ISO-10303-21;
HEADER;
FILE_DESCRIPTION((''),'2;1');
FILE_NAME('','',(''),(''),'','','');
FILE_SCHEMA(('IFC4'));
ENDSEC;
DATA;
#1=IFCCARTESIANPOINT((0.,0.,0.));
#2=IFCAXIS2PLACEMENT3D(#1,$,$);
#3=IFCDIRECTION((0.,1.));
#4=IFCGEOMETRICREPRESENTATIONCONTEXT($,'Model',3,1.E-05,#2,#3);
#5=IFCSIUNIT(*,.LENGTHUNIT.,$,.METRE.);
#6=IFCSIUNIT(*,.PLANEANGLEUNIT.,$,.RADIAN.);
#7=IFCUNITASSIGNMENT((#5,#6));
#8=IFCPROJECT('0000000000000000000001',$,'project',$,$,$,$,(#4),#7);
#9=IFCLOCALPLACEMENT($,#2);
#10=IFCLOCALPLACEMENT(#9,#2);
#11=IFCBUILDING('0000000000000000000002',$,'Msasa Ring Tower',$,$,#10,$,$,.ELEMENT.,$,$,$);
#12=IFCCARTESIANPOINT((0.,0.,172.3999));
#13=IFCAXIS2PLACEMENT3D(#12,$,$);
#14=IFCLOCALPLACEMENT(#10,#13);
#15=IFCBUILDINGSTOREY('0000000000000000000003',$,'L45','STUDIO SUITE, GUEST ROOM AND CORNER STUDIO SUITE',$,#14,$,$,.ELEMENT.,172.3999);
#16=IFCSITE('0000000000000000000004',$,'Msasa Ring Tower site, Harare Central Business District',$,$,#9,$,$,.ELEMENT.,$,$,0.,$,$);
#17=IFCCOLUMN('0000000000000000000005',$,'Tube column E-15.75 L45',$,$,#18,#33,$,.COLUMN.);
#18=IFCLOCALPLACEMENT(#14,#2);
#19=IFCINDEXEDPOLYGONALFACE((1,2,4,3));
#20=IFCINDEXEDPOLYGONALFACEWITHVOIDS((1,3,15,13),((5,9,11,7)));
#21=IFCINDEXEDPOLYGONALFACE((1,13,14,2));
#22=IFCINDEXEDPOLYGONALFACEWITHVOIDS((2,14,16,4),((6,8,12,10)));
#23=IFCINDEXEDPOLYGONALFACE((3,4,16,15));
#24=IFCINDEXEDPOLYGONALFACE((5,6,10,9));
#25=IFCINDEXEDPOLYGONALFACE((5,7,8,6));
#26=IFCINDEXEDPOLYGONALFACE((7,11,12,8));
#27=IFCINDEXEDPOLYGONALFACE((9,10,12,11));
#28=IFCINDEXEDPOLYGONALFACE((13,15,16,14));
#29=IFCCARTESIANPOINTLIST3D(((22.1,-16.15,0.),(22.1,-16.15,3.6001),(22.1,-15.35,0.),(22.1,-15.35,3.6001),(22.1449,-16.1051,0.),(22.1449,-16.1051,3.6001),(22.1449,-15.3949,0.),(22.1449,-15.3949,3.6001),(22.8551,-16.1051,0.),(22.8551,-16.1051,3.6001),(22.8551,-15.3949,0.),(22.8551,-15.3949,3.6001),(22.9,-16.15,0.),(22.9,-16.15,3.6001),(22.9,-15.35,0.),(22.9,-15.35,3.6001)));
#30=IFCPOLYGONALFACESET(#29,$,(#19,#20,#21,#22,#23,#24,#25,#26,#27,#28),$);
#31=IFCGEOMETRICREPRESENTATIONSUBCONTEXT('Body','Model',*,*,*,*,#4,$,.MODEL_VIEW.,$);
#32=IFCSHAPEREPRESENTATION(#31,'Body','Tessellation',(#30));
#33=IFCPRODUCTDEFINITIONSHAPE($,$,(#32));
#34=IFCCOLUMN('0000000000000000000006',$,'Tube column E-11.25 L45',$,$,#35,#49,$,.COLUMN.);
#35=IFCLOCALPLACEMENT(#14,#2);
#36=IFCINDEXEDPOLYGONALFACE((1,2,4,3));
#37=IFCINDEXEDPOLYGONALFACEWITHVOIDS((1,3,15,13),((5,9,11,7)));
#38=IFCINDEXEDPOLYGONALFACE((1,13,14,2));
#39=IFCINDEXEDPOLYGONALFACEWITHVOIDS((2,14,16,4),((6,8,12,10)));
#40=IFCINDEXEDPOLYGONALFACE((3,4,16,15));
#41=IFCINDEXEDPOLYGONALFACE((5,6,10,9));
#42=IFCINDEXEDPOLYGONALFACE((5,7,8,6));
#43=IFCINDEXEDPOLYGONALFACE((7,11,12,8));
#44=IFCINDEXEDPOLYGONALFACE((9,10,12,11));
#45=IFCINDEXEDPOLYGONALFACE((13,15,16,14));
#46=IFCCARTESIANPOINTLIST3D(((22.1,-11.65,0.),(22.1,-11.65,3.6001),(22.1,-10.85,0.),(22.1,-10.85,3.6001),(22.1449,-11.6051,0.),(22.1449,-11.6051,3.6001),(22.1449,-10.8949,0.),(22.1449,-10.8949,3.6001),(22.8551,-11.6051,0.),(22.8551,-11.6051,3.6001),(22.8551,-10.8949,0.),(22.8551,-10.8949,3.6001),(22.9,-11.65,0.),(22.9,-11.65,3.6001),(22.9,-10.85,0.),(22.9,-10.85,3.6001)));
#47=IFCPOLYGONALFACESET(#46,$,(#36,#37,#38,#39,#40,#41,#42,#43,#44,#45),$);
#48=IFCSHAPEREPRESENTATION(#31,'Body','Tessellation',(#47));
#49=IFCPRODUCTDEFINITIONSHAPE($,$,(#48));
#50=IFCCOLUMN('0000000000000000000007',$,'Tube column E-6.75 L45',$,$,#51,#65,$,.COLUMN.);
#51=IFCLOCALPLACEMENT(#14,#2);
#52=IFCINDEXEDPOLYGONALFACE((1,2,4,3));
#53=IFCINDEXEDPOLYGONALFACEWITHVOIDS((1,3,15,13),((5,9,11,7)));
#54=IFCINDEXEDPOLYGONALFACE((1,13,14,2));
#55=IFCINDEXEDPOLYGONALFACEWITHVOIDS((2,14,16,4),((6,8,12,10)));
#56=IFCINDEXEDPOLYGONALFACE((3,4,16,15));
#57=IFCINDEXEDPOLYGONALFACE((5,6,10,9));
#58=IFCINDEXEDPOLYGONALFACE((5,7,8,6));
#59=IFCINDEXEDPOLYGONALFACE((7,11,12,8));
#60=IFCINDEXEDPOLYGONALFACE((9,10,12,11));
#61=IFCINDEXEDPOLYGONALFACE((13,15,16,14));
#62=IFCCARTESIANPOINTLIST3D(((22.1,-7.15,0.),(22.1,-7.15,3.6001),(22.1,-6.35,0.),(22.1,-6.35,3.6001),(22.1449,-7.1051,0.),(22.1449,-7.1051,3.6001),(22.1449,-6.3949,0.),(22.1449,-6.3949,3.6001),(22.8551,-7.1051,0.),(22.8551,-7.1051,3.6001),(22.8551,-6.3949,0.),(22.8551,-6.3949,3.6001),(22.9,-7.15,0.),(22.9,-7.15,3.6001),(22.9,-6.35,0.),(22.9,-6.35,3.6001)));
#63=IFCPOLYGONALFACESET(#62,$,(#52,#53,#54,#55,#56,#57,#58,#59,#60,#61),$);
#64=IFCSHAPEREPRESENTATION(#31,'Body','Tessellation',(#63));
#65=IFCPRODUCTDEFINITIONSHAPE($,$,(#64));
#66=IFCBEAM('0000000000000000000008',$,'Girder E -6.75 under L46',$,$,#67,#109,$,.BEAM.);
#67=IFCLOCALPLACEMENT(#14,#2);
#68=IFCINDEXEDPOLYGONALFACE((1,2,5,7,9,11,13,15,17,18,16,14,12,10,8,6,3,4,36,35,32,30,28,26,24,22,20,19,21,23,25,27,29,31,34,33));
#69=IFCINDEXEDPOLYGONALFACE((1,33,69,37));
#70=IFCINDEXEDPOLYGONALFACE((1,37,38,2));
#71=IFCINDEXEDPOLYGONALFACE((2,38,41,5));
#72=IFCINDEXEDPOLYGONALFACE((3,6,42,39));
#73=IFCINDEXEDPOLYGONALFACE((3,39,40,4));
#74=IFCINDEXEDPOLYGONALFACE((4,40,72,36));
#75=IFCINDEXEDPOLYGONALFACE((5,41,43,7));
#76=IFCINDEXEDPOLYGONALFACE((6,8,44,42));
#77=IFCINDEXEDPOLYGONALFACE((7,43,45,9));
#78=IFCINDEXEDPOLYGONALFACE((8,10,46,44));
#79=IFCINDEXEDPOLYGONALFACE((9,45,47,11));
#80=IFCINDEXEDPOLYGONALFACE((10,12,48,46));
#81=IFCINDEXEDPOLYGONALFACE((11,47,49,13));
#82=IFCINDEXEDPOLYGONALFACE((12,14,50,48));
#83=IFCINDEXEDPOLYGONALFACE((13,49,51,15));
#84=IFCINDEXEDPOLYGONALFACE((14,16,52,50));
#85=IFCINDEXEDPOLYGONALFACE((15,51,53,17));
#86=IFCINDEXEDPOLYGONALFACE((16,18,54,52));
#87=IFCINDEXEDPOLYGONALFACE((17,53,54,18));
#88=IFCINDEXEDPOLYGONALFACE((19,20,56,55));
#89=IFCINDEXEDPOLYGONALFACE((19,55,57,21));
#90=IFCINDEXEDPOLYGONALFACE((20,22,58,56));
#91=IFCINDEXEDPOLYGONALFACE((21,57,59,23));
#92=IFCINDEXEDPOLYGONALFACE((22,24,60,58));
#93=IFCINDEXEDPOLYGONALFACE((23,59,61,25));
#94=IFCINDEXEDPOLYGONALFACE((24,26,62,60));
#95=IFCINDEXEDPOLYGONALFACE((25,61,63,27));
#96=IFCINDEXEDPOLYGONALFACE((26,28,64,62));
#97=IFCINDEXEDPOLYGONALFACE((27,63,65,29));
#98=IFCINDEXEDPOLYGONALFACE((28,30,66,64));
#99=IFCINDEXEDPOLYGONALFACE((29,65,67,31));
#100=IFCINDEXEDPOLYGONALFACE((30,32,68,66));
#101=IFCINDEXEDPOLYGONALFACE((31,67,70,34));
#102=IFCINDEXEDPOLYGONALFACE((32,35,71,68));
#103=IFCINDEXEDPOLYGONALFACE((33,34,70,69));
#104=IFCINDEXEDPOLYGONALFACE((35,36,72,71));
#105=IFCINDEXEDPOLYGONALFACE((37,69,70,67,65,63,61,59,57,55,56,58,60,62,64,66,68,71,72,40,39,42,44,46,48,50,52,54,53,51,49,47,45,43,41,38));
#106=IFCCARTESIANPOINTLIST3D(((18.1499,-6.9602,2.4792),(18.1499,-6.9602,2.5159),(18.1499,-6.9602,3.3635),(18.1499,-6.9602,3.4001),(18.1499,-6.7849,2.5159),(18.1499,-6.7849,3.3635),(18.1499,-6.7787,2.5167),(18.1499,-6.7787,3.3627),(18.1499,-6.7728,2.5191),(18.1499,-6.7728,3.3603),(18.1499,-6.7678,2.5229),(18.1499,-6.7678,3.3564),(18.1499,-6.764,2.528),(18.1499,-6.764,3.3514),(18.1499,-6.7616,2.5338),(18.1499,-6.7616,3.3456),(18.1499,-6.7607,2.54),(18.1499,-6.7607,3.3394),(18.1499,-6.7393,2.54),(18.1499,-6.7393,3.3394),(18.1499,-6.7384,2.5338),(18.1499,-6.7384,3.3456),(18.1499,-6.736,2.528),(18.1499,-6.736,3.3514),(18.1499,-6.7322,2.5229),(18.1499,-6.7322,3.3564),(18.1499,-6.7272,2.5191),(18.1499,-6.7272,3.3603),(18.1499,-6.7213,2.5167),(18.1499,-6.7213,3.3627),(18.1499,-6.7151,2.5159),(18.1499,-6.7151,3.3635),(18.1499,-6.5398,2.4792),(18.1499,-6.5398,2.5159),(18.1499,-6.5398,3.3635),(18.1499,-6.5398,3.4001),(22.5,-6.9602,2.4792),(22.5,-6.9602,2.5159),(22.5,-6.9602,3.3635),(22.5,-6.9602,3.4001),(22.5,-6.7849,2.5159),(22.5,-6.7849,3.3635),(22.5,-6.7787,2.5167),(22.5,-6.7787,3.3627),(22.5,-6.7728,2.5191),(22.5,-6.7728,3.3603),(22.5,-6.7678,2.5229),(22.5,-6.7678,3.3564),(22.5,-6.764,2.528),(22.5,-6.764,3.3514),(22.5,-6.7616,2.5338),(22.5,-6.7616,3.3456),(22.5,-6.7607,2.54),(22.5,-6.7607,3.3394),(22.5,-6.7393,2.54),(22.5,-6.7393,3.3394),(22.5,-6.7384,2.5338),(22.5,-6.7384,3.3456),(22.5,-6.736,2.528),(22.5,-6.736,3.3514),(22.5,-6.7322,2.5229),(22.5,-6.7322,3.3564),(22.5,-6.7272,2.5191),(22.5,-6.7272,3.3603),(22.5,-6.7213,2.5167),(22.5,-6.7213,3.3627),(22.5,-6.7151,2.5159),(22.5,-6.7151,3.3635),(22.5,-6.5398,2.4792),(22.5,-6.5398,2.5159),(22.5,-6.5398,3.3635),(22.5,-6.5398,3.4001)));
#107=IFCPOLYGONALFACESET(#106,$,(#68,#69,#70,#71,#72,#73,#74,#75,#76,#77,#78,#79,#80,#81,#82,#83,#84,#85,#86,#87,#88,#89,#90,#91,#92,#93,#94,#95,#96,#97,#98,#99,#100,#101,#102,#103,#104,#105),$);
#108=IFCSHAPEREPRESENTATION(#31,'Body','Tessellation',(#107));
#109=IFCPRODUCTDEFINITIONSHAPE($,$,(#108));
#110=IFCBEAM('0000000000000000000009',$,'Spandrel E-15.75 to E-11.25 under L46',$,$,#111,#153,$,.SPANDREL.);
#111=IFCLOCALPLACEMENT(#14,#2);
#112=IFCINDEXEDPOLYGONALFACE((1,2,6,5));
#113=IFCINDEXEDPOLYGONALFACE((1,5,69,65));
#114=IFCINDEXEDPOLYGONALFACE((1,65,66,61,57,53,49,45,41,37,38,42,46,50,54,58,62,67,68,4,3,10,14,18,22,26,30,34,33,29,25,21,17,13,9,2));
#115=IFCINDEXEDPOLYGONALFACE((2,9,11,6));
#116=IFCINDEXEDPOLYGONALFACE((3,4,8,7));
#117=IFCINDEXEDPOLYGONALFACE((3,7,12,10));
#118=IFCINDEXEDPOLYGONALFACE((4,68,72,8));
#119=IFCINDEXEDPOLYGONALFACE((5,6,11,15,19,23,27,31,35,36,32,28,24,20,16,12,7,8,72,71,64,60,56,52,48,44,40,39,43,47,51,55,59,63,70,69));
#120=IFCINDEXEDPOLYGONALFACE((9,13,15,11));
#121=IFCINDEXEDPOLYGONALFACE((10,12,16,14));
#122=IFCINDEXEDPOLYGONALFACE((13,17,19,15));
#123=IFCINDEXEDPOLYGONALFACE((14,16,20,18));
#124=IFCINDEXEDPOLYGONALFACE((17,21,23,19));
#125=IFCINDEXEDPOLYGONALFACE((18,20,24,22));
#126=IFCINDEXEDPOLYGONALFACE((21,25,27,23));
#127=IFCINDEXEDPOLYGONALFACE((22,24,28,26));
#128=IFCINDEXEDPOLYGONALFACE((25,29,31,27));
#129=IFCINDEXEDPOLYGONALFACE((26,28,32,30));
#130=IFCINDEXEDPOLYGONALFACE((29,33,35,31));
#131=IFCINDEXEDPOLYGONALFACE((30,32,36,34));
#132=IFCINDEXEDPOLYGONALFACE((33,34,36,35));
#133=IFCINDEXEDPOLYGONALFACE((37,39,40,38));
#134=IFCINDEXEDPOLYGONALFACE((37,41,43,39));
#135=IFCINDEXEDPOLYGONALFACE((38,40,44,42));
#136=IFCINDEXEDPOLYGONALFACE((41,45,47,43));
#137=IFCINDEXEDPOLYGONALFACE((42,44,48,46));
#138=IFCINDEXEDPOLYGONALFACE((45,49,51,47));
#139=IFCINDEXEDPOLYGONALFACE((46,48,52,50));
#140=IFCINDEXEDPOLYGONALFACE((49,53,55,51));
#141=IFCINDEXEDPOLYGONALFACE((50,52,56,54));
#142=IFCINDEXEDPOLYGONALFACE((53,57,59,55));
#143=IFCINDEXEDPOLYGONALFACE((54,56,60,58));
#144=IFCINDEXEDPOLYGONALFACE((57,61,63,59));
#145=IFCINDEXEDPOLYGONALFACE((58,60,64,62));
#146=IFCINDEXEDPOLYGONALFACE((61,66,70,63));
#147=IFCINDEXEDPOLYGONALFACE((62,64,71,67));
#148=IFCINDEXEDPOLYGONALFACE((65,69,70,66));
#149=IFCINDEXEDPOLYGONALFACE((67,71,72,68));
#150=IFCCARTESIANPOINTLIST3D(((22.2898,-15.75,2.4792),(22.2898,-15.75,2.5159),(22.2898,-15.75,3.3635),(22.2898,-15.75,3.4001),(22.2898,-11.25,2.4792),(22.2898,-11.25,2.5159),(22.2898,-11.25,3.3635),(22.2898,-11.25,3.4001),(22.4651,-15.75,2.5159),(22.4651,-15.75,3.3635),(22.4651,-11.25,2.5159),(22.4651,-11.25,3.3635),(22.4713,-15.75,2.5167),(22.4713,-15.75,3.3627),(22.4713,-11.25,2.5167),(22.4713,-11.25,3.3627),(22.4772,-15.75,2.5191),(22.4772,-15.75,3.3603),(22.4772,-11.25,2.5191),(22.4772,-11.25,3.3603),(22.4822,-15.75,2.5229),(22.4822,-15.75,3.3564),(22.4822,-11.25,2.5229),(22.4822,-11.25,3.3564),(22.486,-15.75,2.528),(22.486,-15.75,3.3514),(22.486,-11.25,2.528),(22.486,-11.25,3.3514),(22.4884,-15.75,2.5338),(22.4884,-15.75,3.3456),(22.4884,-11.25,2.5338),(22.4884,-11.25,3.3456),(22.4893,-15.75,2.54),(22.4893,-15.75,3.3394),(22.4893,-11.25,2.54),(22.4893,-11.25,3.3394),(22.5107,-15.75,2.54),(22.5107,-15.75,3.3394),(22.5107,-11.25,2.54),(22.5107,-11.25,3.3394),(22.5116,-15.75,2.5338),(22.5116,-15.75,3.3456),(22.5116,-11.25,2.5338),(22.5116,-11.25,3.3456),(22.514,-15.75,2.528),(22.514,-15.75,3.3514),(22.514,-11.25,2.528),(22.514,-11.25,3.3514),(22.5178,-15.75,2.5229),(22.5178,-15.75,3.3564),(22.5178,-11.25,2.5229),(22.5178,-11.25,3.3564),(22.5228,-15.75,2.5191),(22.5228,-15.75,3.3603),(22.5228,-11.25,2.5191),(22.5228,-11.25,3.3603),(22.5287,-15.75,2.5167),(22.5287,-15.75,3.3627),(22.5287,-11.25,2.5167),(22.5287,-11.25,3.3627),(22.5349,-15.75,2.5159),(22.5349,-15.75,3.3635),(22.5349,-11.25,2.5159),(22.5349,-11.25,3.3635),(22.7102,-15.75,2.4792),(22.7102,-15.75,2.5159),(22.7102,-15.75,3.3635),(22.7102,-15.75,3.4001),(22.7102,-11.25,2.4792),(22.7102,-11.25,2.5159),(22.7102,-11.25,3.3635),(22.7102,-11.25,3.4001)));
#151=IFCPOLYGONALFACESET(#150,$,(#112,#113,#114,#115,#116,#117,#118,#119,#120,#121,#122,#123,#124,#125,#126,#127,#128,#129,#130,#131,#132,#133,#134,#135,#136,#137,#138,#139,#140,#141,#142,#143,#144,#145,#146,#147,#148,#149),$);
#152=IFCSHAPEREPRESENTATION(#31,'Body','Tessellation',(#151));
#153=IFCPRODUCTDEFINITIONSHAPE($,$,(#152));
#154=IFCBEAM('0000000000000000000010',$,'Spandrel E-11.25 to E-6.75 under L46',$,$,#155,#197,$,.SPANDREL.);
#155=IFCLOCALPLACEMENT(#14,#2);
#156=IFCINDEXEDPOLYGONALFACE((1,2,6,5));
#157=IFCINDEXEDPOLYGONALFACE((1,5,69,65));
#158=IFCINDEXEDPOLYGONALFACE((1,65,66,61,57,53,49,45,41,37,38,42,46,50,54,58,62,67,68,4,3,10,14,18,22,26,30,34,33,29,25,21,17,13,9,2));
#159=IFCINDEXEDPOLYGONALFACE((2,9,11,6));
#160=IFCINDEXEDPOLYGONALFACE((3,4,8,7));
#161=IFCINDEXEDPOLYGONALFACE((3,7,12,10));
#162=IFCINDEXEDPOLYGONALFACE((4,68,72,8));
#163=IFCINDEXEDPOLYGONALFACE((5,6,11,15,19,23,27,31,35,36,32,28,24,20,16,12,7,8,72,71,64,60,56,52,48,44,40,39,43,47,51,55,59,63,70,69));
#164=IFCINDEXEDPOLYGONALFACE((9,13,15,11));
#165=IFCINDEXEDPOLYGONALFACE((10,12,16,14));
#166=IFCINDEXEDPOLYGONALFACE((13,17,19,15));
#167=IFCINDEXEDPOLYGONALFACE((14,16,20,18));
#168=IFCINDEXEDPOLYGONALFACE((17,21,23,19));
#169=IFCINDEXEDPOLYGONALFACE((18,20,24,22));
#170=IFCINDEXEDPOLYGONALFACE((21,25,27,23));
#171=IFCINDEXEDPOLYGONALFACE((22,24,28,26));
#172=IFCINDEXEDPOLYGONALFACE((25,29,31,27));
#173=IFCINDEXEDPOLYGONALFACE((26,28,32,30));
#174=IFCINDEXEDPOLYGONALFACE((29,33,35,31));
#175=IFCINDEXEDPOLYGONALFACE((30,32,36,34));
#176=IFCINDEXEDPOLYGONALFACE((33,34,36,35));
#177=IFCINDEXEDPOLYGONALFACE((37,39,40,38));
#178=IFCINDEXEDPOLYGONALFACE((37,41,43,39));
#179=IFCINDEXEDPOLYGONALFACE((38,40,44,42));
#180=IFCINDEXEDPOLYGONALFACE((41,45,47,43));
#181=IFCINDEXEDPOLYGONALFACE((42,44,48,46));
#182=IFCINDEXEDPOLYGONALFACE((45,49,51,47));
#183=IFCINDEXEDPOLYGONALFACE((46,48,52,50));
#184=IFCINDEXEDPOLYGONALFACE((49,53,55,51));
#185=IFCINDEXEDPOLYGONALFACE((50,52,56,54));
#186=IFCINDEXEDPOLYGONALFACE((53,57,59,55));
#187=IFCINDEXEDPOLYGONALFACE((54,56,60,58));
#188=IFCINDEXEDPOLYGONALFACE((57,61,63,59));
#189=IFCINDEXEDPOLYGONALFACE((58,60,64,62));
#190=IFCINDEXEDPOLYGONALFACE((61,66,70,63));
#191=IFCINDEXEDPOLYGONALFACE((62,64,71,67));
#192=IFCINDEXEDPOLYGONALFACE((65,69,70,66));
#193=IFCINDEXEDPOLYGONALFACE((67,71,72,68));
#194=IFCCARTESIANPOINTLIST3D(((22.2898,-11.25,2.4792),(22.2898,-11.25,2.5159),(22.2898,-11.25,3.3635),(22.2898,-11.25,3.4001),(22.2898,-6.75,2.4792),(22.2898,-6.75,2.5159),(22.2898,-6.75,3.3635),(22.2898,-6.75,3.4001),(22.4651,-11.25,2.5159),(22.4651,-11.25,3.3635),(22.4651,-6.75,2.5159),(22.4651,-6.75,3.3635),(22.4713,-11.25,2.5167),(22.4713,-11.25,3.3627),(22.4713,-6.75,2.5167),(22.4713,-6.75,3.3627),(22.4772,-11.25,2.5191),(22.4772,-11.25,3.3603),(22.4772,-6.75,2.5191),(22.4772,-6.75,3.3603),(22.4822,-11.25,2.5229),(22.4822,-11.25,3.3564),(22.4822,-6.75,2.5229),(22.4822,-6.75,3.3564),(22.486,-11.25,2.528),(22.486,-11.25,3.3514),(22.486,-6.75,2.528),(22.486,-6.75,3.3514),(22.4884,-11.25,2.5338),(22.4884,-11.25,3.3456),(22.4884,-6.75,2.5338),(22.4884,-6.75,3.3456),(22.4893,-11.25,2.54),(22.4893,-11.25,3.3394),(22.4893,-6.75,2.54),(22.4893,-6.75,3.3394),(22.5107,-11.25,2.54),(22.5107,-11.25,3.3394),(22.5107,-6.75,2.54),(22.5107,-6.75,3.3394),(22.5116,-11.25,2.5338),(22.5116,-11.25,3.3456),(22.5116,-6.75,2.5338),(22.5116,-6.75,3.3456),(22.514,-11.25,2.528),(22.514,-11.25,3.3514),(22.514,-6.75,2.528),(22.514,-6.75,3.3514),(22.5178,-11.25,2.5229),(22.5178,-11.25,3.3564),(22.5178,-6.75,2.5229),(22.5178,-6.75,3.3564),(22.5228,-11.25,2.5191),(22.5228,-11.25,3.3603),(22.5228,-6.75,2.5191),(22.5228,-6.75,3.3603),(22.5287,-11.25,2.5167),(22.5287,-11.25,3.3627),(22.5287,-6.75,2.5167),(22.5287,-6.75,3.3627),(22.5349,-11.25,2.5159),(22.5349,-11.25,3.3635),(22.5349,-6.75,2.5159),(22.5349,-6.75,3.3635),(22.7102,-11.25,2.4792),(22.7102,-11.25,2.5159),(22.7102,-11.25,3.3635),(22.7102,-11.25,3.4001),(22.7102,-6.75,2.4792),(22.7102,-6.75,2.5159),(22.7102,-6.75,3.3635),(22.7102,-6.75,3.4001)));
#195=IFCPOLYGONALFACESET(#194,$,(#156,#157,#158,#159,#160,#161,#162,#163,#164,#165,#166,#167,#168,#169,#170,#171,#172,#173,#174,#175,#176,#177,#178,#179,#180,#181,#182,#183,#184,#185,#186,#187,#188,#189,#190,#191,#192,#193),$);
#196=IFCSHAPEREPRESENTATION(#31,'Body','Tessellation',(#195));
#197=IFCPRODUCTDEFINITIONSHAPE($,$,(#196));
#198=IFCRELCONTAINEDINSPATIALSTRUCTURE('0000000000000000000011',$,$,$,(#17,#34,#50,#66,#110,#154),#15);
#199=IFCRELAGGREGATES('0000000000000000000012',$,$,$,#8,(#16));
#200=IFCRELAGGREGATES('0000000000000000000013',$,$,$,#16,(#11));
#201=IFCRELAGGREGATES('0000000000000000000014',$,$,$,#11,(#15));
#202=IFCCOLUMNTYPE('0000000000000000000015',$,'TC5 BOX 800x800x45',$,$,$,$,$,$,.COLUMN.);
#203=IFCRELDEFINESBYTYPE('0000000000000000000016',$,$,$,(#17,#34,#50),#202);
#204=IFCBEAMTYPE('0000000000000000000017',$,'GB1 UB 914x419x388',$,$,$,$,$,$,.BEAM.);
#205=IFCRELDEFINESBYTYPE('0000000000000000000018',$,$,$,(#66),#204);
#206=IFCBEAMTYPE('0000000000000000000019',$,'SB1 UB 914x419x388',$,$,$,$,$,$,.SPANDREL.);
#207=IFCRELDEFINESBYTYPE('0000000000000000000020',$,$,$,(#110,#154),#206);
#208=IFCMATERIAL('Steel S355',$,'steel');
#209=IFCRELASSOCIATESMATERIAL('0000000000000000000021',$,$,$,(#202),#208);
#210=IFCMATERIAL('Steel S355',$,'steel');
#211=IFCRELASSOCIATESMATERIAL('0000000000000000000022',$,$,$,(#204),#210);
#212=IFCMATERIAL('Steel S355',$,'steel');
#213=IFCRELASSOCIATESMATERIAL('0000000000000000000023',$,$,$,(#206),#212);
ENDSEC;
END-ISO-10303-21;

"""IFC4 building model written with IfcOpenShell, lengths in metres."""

from ifc_helpers import new_model, si_unit, direction, frame, origin, origin_2d, place, context, subcontext, project, spatial, hollow_rectangle, i_section, extrude, material, material_profile, profile_set, type_object, element, save


model = new_model("IFC4")

# Units and contexts
model_context = context("Model", 3, precision=1e-05, world=origin(), true_north=direction((0.0, 1.0)))
body_context = subcontext(model_context, "Body", "Model", "MODEL_VIEW")
ifc_project = project(units=[si_unit("LENGTHUNIT", "METRE"), si_unit("PLANEANGLEUNIT", "RADIAN")], contexts=[model_context])

# Site, building, storey
site_placement = place(None, origin())
site = spatial("IfcSite", under=ifc_project, at=site_placement, Name="Msasa Ring Tower site, Harare Central Business District", CompositionType="ELEMENT", RefElevation=0.0)
building_placement = place(site_placement, origin())
building = spatial("IfcBuilding", under=site, at=building_placement, Name="Msasa Ring Tower", CompositionType="ELEMENT")
storey_placement = place(building_placement, frame((0.0, 0.0, 172.3999)))
storey = spatial("IfcBuildingStorey", under=building, at=storey_placement, Name="L45", Description="STUDIO SUITE, GUEST ROOM AND CORNER STUDIO SUITE", CompositionType="ELEMENT", Elevation=172.3999)

# Columns
ifc_material_1 = material(Name="Steel S355", Category="steel")
ifc_material_profile_1 = material_profile(ifc_material_1, hollow_rectangle(XDim=0.8, YDim=0.8, WallThickness=0.0449, at=origin_2d()), Name="BOX 800x800x45")
ifc_profile_set_1 = profile_set([ifc_material_profile_1], Name="Steel S355")
column_type = type_object("IfcColumnType", Name="TC5 BOX 800x800x45", PredefinedType="COLUMN", material=ifc_profile_set_1)
for number, where, z_axis, x_axis, name in (
    (1, (22.5, -15.75, 0.0), (0.0, 0.0, 1.0), (1.0, 0.0, 0.0), "Tube column E-15.75 L45"),
    (2, (22.5, -11.25, 0.0), (0.0, 0.0, 1.0), (1.0, 0.0, 0.0), "Tube column E-11.25 L45"),
    (3, (22.5, -6.75, 0.0), (0.0, 0.0, 1.0), (1.0, 0.0, 0.0), "Tube column E-6.75 L45"),
):
    element("IfcColumn", number, at=place(storey_placement, frame(where, z_axis=z_axis, x_axis=x_axis)), inside=storey, type_object=column_type, Name=name, PredefinedType="COLUMN", context=body_context, shape_type="SweptSolid", body=[
        extrude(hollow_rectangle(XDim=0.8, YDim=0.8, WallThickness=0.0449, at=origin_2d()), origin(), (0.0, 0.0, 1.0), 3.6001),
    ])

# Beams
ifc_material_2 = material(Name="Steel S355", Category="steel")
ifc_material_profile_2 = material_profile(ifc_material_2, i_section(OverallWidth=0.4204, OverallDepth=0.9209, WebThickness=0.0215, FlangeThickness=0.0366, FilletRadius=0.0242, at=origin_2d()), Name="UB 914x419x388")
ifc_profile_set_2 = profile_set([ifc_material_profile_2], Name="Steel S355")
beam_type_1 = type_object("IfcBeamType", Name="GB1 UB 914x419x388", PredefinedType="BEAM", material=ifc_profile_set_2)
beam_placement = place(storey_placement, frame((18.1499, -6.75, 2.9397), z_axis=(1.0, 0.0, 0.0), x_axis=(0.0, 1.0, 0.0)))
element("IfcBeam", 4, at=beam_placement, inside=storey, type_object=beam_type_1, Name="Girder E -6.75 under L46", PredefinedType="BEAM", context=body_context, shape_type="SweptSolid", body=[
    extrude(i_section(OverallWidth=0.4204, OverallDepth=0.9209, WebThickness=0.0215, FlangeThickness=0.0366, FilletRadius=0.0242, at=origin_2d()), origin(), (0.0, 0.0, 1.0), 4.3501),
])
ifc_material_3 = material(Name="Steel S355", Category="steel")
ifc_material_profile_3 = material_profile(ifc_material_3, i_section(OverallWidth=0.4204, OverallDepth=0.9209, WebThickness=0.0215, FlangeThickness=0.0366, FilletRadius=0.0242, at=origin_2d()), Name="UB 914x419x388")
ifc_profile_set_3 = profile_set([ifc_material_profile_3], Name="Steel S355")
beam_type_2 = type_object("IfcBeamType", Name="SB1 UB 914x419x388", PredefinedType="SPANDREL", material=ifc_profile_set_3)
for number, where, z_axis, x_axis, name in (
    (5, (22.5, -15.75, 2.9397), (0.0, 1.0, 0.0), (-1.0, 0.0, 0.0), "Spandrel E-15.75 to E-11.25 under L46"),
    (6, (22.5, -11.25, 2.9397), (0.0, 1.0, 0.0), (-1.0, 0.0, 0.0), "Spandrel E-11.25 to E-6.75 under L46"),
):
    element("IfcBeam", number, at=place(storey_placement, frame(where, z_axis=z_axis, x_axis=x_axis)), inside=storey, type_object=beam_type_2, Name=name, PredefinedType="SPANDREL", context=body_context, shape_type="SweptSolid", body=[
        extrude(i_section(OverallWidth=0.4204, OverallDepth=0.9209, WebThickness=0.0215, FlangeThickness=0.0366, FilletRadius=0.0242, at=origin_2d()), origin(), (0.0, 0.0, 1.0), 4.5),
    ])

save(model, "model.ifc")
